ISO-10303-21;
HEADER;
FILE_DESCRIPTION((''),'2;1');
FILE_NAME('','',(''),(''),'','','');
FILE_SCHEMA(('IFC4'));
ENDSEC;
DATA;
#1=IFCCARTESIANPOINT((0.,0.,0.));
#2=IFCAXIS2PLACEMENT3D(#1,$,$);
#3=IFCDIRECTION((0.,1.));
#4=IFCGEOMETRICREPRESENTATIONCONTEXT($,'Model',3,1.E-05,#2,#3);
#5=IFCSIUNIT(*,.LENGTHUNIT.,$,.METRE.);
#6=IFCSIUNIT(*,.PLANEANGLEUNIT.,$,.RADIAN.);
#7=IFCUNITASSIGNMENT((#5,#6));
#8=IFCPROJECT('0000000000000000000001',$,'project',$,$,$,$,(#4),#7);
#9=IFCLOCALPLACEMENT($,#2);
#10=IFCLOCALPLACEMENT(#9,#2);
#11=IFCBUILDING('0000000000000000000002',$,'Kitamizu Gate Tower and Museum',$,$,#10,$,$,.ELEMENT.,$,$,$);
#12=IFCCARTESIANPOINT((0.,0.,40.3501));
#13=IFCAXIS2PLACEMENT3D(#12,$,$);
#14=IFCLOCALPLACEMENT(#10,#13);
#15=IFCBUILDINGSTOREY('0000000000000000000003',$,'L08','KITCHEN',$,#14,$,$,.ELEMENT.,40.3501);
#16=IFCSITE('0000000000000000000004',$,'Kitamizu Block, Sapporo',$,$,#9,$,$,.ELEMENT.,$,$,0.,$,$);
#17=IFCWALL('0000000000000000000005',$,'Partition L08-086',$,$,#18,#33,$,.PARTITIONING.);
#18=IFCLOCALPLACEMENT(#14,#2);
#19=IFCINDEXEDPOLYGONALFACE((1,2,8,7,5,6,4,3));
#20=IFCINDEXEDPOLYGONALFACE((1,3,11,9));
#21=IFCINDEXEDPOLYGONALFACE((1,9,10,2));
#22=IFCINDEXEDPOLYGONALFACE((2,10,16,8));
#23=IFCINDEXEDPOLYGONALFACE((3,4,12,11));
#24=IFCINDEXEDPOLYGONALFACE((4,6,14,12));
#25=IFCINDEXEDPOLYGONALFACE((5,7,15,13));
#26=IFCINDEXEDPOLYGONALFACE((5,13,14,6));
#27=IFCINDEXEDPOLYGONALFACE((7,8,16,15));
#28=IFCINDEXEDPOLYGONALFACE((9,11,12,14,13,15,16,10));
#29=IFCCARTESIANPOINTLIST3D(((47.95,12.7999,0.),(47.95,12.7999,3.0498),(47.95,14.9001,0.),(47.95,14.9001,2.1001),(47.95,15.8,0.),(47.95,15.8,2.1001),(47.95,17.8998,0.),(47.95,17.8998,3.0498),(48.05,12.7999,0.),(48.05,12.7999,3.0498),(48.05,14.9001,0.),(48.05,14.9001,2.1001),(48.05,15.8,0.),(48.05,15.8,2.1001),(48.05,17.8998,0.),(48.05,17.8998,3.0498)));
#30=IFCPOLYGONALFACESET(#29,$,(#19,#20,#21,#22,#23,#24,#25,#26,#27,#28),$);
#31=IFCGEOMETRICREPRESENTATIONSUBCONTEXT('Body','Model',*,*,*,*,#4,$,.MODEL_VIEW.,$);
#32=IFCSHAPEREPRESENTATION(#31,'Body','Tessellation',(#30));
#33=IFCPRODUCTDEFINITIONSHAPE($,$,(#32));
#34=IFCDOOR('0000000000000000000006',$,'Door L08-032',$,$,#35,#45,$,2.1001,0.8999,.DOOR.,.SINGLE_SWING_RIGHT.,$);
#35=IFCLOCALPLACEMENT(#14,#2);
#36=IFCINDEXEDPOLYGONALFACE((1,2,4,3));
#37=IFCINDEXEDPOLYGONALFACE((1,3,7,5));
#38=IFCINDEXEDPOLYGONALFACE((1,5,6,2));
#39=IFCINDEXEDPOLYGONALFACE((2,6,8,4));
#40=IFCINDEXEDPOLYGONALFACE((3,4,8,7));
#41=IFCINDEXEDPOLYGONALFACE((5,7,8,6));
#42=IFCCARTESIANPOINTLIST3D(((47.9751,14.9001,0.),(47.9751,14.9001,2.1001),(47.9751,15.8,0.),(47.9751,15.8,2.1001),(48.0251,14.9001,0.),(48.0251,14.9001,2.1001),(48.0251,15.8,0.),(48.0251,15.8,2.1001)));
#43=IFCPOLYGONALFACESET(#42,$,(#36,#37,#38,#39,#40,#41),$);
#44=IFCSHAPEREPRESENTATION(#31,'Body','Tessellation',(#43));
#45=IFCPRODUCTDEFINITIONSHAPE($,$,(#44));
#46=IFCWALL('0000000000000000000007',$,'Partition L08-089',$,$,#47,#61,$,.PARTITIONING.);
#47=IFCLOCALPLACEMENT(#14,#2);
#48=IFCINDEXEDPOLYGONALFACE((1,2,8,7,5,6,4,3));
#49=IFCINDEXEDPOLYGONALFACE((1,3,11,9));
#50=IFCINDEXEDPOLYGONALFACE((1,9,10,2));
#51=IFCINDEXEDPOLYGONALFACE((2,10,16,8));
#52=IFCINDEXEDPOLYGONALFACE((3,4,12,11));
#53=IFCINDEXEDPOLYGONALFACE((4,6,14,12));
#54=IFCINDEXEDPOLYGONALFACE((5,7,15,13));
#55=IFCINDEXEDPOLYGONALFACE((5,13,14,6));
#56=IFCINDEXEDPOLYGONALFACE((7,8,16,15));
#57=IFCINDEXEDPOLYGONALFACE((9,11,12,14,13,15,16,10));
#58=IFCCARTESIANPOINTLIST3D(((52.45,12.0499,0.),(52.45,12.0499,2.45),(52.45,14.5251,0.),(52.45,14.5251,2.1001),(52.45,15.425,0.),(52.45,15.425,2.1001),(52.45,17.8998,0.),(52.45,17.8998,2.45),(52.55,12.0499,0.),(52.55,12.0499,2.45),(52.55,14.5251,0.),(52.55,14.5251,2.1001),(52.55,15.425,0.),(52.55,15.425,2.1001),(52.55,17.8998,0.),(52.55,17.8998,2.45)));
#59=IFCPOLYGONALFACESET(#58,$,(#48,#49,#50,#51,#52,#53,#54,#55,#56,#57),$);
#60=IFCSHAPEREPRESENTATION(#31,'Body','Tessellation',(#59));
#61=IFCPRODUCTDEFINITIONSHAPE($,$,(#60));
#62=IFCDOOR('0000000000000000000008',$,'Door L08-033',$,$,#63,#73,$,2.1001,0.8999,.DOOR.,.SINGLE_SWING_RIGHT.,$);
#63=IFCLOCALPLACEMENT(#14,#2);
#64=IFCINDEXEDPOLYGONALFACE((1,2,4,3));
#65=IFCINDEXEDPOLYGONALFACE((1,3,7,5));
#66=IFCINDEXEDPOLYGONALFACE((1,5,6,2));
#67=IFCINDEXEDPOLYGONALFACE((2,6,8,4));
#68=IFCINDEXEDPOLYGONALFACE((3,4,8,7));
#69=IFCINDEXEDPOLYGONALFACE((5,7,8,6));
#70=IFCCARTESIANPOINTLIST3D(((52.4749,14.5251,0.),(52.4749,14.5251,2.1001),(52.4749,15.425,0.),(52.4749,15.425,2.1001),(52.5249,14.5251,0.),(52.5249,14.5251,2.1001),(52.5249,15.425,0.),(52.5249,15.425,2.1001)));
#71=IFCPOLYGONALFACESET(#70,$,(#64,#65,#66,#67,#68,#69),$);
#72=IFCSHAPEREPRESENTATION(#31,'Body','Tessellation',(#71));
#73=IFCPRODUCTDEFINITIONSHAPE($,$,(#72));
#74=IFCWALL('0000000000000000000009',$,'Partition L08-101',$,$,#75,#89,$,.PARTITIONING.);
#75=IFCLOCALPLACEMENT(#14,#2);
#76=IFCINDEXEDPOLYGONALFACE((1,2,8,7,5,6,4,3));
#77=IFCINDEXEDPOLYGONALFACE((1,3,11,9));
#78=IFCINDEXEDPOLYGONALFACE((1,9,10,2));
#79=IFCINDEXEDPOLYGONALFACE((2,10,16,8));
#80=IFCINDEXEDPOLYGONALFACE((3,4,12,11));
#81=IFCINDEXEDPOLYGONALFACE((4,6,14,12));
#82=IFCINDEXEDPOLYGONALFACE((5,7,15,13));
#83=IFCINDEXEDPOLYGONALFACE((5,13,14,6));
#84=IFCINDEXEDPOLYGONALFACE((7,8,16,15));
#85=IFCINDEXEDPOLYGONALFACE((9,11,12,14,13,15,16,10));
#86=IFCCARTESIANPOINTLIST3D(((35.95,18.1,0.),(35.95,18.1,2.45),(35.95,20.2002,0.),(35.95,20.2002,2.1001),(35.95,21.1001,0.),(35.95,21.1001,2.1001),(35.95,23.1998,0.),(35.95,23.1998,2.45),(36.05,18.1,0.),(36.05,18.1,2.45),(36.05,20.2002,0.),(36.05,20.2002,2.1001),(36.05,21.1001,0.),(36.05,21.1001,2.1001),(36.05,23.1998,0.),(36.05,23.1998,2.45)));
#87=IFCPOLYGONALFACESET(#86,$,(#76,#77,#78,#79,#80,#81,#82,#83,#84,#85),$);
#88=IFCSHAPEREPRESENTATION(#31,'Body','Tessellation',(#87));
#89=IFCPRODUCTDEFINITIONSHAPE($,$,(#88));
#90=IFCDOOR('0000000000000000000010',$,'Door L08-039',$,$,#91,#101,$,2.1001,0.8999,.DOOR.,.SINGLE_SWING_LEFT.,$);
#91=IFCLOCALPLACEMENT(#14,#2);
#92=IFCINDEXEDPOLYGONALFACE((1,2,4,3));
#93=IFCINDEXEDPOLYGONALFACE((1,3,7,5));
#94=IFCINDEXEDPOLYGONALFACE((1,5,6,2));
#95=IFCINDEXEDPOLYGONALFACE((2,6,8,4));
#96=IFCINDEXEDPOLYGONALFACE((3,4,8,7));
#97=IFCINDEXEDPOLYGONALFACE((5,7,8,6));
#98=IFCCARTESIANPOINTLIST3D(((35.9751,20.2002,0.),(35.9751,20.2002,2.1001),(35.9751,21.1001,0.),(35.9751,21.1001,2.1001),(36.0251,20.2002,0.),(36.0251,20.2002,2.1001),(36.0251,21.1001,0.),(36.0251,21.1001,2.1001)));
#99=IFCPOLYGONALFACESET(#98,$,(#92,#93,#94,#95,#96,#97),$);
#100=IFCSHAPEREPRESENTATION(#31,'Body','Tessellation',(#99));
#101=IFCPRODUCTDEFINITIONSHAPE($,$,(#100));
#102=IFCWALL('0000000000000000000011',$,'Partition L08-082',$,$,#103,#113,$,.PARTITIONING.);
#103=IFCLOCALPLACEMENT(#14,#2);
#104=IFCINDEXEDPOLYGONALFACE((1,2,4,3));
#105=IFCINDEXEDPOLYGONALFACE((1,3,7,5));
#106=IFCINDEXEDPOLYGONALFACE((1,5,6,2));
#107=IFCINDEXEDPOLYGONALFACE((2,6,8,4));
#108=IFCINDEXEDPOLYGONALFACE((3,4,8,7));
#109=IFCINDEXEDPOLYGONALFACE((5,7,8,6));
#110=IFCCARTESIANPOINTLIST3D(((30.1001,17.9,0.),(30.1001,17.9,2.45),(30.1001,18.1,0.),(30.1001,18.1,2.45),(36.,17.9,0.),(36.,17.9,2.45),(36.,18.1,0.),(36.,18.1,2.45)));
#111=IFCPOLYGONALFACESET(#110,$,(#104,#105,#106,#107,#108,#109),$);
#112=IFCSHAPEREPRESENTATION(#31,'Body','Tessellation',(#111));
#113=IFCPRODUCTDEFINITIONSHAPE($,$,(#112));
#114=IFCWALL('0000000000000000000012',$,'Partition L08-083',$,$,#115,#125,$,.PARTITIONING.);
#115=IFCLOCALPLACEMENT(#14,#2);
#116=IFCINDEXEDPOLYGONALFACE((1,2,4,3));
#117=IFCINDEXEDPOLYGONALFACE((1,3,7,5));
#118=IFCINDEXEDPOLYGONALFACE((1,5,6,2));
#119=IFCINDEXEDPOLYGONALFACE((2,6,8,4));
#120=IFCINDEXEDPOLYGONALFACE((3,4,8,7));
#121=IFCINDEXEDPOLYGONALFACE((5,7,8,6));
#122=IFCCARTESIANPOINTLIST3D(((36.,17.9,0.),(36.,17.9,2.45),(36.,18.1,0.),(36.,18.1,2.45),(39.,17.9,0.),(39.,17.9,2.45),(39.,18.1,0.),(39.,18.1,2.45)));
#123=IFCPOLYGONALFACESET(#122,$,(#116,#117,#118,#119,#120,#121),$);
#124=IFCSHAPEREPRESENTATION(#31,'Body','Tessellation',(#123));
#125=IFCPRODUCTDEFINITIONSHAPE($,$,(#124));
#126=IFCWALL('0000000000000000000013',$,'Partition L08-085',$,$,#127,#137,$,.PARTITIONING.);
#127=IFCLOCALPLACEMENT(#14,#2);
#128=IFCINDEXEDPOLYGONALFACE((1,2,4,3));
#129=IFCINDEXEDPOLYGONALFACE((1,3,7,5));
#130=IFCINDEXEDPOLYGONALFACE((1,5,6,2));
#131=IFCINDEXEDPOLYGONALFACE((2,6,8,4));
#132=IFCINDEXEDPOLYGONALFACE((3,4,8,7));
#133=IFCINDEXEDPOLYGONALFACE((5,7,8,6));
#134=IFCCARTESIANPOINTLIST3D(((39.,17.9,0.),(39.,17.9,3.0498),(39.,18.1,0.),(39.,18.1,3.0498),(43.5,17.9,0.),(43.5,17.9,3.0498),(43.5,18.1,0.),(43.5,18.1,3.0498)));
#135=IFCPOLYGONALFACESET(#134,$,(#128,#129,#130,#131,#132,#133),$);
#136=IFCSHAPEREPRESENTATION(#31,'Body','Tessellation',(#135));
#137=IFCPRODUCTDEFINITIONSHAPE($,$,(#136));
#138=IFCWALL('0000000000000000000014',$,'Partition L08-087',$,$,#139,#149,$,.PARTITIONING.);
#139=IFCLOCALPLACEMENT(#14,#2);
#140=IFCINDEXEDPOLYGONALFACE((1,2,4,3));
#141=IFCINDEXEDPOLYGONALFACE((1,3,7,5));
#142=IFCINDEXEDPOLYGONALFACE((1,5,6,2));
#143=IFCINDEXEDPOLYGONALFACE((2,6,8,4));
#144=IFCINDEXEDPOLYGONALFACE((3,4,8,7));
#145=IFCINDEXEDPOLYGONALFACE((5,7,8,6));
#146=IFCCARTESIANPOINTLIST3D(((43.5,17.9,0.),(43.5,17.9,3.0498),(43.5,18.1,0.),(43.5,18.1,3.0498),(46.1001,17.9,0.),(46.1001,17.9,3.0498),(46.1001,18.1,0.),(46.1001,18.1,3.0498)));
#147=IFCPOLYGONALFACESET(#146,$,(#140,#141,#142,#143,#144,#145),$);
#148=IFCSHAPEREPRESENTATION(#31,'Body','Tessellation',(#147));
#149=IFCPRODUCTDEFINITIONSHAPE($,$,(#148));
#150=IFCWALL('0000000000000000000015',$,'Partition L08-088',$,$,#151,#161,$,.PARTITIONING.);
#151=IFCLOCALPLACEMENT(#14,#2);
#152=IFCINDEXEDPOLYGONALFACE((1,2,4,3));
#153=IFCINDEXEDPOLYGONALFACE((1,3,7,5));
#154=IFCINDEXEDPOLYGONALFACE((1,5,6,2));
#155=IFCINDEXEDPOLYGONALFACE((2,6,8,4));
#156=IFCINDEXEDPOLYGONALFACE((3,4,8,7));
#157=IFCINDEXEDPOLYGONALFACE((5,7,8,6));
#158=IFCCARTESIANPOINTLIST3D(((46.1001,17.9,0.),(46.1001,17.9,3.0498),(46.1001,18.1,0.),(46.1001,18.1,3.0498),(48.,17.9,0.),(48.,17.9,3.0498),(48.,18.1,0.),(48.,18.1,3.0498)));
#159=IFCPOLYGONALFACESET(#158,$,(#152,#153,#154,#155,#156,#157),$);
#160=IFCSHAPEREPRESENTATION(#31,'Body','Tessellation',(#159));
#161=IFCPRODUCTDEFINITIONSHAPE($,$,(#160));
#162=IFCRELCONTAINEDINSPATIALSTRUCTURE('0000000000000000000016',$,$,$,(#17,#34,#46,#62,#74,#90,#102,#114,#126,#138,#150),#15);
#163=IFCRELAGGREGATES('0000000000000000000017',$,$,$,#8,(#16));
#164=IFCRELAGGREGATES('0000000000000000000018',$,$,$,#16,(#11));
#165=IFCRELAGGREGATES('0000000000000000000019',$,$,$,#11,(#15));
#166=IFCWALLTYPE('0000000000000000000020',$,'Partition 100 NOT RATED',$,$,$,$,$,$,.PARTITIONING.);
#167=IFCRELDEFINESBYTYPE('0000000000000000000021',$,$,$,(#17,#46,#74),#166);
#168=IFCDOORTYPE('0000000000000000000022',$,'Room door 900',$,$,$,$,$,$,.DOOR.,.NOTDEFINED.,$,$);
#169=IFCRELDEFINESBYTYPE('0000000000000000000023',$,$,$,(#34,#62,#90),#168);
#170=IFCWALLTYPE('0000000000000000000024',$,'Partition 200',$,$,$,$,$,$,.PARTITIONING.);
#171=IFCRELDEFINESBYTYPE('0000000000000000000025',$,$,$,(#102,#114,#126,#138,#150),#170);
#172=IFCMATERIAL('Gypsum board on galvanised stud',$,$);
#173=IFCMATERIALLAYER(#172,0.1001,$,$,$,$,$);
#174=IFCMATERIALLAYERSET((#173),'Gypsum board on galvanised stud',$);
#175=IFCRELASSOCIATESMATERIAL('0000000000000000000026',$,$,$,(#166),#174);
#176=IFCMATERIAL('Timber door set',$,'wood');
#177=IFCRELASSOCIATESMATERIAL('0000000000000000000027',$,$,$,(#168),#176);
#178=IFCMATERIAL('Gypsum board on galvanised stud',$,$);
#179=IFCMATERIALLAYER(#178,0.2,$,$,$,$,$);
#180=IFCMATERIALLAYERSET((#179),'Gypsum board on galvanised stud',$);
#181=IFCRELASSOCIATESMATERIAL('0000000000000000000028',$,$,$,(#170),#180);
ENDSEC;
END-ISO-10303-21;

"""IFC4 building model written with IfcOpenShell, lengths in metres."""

from ifc_helpers import new_model, si_unit, direction, frame, frame_2d, origin, place, context, subcontext, project, spatial, rectangle, extrude, material, layer, layer_set, type_object, element, fill, save


model = new_model("IFC4")

# Units and contexts
model_context = context("Model", 3, precision=1e-05, world=origin(), true_north=direction((0.0, 1.0)))
body_context = subcontext(model_context, "Body", "Model", "MODEL_VIEW")
ifc_project = project(units=[si_unit("LENGTHUNIT", "METRE"), si_unit("PLANEANGLEUNIT", "RADIAN")], contexts=[model_context])

# Site, building, storey
site_placement = place(None, origin())
site = spatial("IfcSite", under=ifc_project, at=site_placement, Name="Kitamizu Block, Sapporo", CompositionType="ELEMENT", RefElevation=0.0)
building_placement = place(site_placement, origin())
building = spatial("IfcBuilding", under=site, at=building_placement, Name="Kitamizu Gate Tower and Museum", CompositionType="ELEMENT")
storey_placement = place(building_placement, frame((0.0, 0.0, 40.3501)))
storey = spatial("IfcBuildingStorey", under=building, at=storey_placement, Name="L08", Description="KITCHEN", CompositionType="ELEMENT", Elevation=40.3501)

# Shared definitions
ifc_material_1 = material(Name="Gypsum board on galvanised stud")
ifc_layer_1 = layer(ifc_material_1, 0.1001)
ifc_layer_set_1 = layer_set([ifc_layer_1], Name="Gypsum board on galvanised stud")
wall_type_1 = type_object("IfcWallType", Name="Partition 100 NOT RATED", PredefinedType="PARTITIONING", material=ifc_layer_set_1)
ifc_material_2 = material(Name="Timber door set", Category="wood")
door_type_1 = type_object("IfcDoorType", Name="Room door 900", OperationType="NOTDEFINED", PredefinedType="DOOR", material=ifc_material_2)

# Walls, openings, doors
wall_1_placement = place(storey_placement, frame((48.0, 12.8, 0.0), z_axis=(0.0, 0.0, 1.0), x_axis=(0.0, 1.0, 0.0)))
wall_1 = element("IfcWall", 1, at=wall_1_placement, inside=storey, type_object=wall_type_1, Name="Partition L08-086", PredefinedType="PARTITIONING", context=body_context, shape_type="SweptSolid", body=[
    extrude(rectangle(XDim=5.0999, YDim=0.1001, at=frame_2d((2.5498, 0.0))), origin(), (0.0, 0.0, 1.0), 3.0498),
])
opening_1_placement = place(wall_1_placement, frame((2.1001, 0.0, 0.0)))
opening_1 = element("IfcOpeningElement", 2, at=opening_1_placement, cuts=wall_1, PredefinedType="OPENING", context=body_context, shape_type="SweptSolid", body=[
    extrude(rectangle(XDim=0.8999, YDim=2.1001, at=frame_2d((0.45, 1.05))), frame((0.0, 0.0601, 0.0), z_axis=(0.0, -1.0, 0.0), x_axis=(1.0, 0.0, 0.0)), (0.0, 0.0, 1.0), 0.1201),
])
door_1_placement = place(opening_1_placement, origin())
door_1 = element("IfcDoor", 3, at=door_1_placement, inside=storey, type_object=door_type_1, Name="Door L08-032", OperationType="SINGLE_SWING_RIGHT", OverallHeight=2.1001, OverallWidth=0.8999, PredefinedType="DOOR", context=body_context, shape_type="SweptSolid", body=[
    extrude(rectangle(XDim=0.8999, YDim=2.1001, at=frame_2d((0.45, 1.05))), frame((0.0, 0.0249, 0.0), z_axis=(0.0, -1.0, 0.0), x_axis=(1.0, 0.0, 0.0)), (0.0, 0.0, 1.0), 0.05),
])
fill(opening_1, door_1)
wall_2_placement = place(storey_placement, frame((52.5, 12.05, 0.0), z_axis=(0.0, 0.0, 1.0), x_axis=(0.0, 1.0, 0.0)))
wall_2 = element("IfcWall", 4, at=wall_2_placement, inside=storey, type_object=wall_type_1, Name="Partition L08-089", PredefinedType="PARTITIONING", context=body_context, shape_type="SweptSolid", body=[
    extrude(rectangle(XDim=5.8499, YDim=0.1001, at=frame_2d((2.9248, 0.0))), origin(), (0.0, 0.0, 1.0), 2.45),
])
opening_2_placement = place(wall_2_placement, frame((2.4751, 0.0, 0.0)))
opening_2 = element("IfcOpeningElement", 5, at=opening_2_placement, cuts=wall_2, PredefinedType="OPENING", context=body_context, shape_type="SweptSolid", body=[
    extrude(rectangle(XDim=0.8999, YDim=2.1001, at=frame_2d((0.45, 1.05))), frame((0.0, 0.0601, 0.0), z_axis=(0.0, -1.0, 0.0), x_axis=(1.0, 0.0, 0.0)), (0.0, 0.0, 1.0), 0.1201),
])
door_2_placement = place(opening_2_placement, frame((0.8999, 0.0, 0.0), x_axis=(-1.0, 0.0, 0.0)))
door_2 = element("IfcDoor", 6, at=door_2_placement, inside=storey, type_object=door_type_1, Name="Door L08-033", OperationType="SINGLE_SWING_RIGHT", OverallHeight=2.1001, OverallWidth=0.8999, PredefinedType="DOOR", context=body_context, shape_type="SweptSolid", body=[
    extrude(rectangle(XDim=0.8999, YDim=2.1001, at=frame_2d((0.45, 1.05))), frame((0.0, 0.0249, 0.0), z_axis=(0.0, -1.0, 0.0), x_axis=(1.0, 0.0, 0.0)), (0.0, 0.0, 1.0), 0.05),
])
fill(opening_2, door_2)
wall_3_placement = place(storey_placement, frame((36.0, 18.1001, 0.0), z_axis=(0.0, 0.0, 1.0), x_axis=(0.0, 1.0, 0.0)))
wall_3 = element("IfcWall", 7, at=wall_3_placement, inside=storey, type_object=wall_type_1, Name="Partition L08-101", PredefinedType="PARTITIONING", context=body_context, shape_type="SweptSolid", body=[
    extrude(rectangle(XDim=5.0999, YDim=0.1001, at=frame_2d((2.5498, 0.0))), origin(), (0.0, 0.0, 1.0), 2.45),
])
opening_3_placement = place(wall_3_placement, frame((2.1001, 0.0, 0.0)))
opening_3 = element("IfcOpeningElement", 8, at=opening_3_placement, cuts=wall_3, PredefinedType="OPENING", context=body_context, shape_type="SweptSolid", body=[
    extrude(rectangle(XDim=0.8999, YDim=2.1001, at=frame_2d((0.45, 1.05))), frame((0.0, 0.0601, 0.0), z_axis=(0.0, -1.0, 0.0), x_axis=(1.0, 0.0, 0.0)), (0.0, 0.0, 1.0), 0.1201),
])
door_3_placement = place(opening_3_placement, origin())
door_3 = element("IfcDoor", 9, at=door_3_placement, inside=storey, type_object=door_type_1, Name="Door L08-039", OperationType="SINGLE_SWING_LEFT", OverallHeight=2.1001, OverallWidth=0.8999, PredefinedType="DOOR", context=body_context, shape_type="SweptSolid", body=[
    extrude(rectangle(XDim=0.8999, YDim=2.1001, at=frame_2d((0.45, 1.05))), frame((0.0, 0.0249, 0.0), z_axis=(0.0, -1.0, 0.0), x_axis=(1.0, 0.0, 0.0)), (0.0, 0.0, 1.0), 0.05),
])
fill(opening_3, door_3)

# Walls
ifc_material_3 = material(Name="Gypsum board on galvanised stud")
ifc_layer_2 = layer(ifc_material_3, 0.2)
ifc_layer_set_2 = layer_set([ifc_layer_2], Name="Gypsum board on galvanised stud")
wall_type_2 = type_object("IfcWallType", Name="Partition 200", PredefinedType="PARTITIONING", material=ifc_layer_set_2)
wall_4_placement = place(storey_placement, frame((36.0, 18.0, 0.0), z_axis=(0.0, 0.0, 1.0), x_axis=(-1.0, 0.0, 0.0)))
element("IfcWall", 10, at=wall_4_placement, inside=storey, type_object=wall_type_2, Name="Partition L08-082", PredefinedType="PARTITIONING", context=body_context, shape_type="SweptSolid", body=[
    extrude(rectangle(XDim=5.8999, YDim=0.2, at=frame_2d((2.95, 0.0))), origin(), (0.0, 0.0, 1.0), 2.45),
])
wall_5_placement = place(storey_placement, frame((39.0, 18.0, 0.0), z_axis=(0.0, 0.0, 1.0), x_axis=(-1.0, 0.0, 0.0)))
element("IfcWall", 11, at=wall_5_placement, inside=storey, type_object=wall_type_2, Name="Partition L08-083", PredefinedType="PARTITIONING", context=body_context, shape_type="SweptSolid", body=[
    extrude(rectangle(XDim=3.0, YDim=0.2, at=frame_2d((1.5, 0.0))), origin(), (0.0, 0.0, 1.0), 2.45),
])
wall_6_placement = place(storey_placement, frame((43.5, 18.0, 0.0), z_axis=(0.0, 0.0, 1.0), x_axis=(-1.0, 0.0, 0.0)))
element("IfcWall", 12, at=wall_6_placement, inside=storey, type_object=wall_type_2, Name="Partition L08-085", PredefinedType="PARTITIONING", context=body_context, shape_type="SweptSolid", body=[
    extrude(rectangle(XDim=4.5, YDim=0.2, at=frame_2d((2.25, 0.0))), origin(), (0.0, 0.0, 1.0), 3.0498),
])
wall_7_placement = place(storey_placement, frame((46.1001, 18.0, 0.0), z_axis=(0.0, 0.0, 1.0), x_axis=(-1.0, 0.0, 0.0)))
element("IfcWall", 13, at=wall_7_placement, inside=storey, type_object=wall_type_2, Name="Partition L08-087", PredefinedType="PARTITIONING", context=body_context, shape_type="SweptSolid", body=[
    extrude(rectangle(XDim=2.6001, YDim=0.2, at=frame_2d((1.3, 0.0))), origin(), (0.0, 0.0, 1.0), 3.0498),
])
wall_8_placement = place(storey_placement, frame((48.0, 18.0, 0.0), z_axis=(0.0, 0.0, 1.0), x_axis=(-1.0, 0.0, 0.0)))
element("IfcWall", 14, at=wall_8_placement, inside=storey, type_object=wall_type_2, Name="Partition L08-088", PredefinedType="PARTITIONING", context=body_context, shape_type="SweptSolid", body=[
    extrude(rectangle(XDim=1.8999, YDim=0.2, at=frame_2d((0.95, 0.0))), origin(), (0.0, 0.0, 1.0), 3.0498),
])

save(model, "model.ifc")
